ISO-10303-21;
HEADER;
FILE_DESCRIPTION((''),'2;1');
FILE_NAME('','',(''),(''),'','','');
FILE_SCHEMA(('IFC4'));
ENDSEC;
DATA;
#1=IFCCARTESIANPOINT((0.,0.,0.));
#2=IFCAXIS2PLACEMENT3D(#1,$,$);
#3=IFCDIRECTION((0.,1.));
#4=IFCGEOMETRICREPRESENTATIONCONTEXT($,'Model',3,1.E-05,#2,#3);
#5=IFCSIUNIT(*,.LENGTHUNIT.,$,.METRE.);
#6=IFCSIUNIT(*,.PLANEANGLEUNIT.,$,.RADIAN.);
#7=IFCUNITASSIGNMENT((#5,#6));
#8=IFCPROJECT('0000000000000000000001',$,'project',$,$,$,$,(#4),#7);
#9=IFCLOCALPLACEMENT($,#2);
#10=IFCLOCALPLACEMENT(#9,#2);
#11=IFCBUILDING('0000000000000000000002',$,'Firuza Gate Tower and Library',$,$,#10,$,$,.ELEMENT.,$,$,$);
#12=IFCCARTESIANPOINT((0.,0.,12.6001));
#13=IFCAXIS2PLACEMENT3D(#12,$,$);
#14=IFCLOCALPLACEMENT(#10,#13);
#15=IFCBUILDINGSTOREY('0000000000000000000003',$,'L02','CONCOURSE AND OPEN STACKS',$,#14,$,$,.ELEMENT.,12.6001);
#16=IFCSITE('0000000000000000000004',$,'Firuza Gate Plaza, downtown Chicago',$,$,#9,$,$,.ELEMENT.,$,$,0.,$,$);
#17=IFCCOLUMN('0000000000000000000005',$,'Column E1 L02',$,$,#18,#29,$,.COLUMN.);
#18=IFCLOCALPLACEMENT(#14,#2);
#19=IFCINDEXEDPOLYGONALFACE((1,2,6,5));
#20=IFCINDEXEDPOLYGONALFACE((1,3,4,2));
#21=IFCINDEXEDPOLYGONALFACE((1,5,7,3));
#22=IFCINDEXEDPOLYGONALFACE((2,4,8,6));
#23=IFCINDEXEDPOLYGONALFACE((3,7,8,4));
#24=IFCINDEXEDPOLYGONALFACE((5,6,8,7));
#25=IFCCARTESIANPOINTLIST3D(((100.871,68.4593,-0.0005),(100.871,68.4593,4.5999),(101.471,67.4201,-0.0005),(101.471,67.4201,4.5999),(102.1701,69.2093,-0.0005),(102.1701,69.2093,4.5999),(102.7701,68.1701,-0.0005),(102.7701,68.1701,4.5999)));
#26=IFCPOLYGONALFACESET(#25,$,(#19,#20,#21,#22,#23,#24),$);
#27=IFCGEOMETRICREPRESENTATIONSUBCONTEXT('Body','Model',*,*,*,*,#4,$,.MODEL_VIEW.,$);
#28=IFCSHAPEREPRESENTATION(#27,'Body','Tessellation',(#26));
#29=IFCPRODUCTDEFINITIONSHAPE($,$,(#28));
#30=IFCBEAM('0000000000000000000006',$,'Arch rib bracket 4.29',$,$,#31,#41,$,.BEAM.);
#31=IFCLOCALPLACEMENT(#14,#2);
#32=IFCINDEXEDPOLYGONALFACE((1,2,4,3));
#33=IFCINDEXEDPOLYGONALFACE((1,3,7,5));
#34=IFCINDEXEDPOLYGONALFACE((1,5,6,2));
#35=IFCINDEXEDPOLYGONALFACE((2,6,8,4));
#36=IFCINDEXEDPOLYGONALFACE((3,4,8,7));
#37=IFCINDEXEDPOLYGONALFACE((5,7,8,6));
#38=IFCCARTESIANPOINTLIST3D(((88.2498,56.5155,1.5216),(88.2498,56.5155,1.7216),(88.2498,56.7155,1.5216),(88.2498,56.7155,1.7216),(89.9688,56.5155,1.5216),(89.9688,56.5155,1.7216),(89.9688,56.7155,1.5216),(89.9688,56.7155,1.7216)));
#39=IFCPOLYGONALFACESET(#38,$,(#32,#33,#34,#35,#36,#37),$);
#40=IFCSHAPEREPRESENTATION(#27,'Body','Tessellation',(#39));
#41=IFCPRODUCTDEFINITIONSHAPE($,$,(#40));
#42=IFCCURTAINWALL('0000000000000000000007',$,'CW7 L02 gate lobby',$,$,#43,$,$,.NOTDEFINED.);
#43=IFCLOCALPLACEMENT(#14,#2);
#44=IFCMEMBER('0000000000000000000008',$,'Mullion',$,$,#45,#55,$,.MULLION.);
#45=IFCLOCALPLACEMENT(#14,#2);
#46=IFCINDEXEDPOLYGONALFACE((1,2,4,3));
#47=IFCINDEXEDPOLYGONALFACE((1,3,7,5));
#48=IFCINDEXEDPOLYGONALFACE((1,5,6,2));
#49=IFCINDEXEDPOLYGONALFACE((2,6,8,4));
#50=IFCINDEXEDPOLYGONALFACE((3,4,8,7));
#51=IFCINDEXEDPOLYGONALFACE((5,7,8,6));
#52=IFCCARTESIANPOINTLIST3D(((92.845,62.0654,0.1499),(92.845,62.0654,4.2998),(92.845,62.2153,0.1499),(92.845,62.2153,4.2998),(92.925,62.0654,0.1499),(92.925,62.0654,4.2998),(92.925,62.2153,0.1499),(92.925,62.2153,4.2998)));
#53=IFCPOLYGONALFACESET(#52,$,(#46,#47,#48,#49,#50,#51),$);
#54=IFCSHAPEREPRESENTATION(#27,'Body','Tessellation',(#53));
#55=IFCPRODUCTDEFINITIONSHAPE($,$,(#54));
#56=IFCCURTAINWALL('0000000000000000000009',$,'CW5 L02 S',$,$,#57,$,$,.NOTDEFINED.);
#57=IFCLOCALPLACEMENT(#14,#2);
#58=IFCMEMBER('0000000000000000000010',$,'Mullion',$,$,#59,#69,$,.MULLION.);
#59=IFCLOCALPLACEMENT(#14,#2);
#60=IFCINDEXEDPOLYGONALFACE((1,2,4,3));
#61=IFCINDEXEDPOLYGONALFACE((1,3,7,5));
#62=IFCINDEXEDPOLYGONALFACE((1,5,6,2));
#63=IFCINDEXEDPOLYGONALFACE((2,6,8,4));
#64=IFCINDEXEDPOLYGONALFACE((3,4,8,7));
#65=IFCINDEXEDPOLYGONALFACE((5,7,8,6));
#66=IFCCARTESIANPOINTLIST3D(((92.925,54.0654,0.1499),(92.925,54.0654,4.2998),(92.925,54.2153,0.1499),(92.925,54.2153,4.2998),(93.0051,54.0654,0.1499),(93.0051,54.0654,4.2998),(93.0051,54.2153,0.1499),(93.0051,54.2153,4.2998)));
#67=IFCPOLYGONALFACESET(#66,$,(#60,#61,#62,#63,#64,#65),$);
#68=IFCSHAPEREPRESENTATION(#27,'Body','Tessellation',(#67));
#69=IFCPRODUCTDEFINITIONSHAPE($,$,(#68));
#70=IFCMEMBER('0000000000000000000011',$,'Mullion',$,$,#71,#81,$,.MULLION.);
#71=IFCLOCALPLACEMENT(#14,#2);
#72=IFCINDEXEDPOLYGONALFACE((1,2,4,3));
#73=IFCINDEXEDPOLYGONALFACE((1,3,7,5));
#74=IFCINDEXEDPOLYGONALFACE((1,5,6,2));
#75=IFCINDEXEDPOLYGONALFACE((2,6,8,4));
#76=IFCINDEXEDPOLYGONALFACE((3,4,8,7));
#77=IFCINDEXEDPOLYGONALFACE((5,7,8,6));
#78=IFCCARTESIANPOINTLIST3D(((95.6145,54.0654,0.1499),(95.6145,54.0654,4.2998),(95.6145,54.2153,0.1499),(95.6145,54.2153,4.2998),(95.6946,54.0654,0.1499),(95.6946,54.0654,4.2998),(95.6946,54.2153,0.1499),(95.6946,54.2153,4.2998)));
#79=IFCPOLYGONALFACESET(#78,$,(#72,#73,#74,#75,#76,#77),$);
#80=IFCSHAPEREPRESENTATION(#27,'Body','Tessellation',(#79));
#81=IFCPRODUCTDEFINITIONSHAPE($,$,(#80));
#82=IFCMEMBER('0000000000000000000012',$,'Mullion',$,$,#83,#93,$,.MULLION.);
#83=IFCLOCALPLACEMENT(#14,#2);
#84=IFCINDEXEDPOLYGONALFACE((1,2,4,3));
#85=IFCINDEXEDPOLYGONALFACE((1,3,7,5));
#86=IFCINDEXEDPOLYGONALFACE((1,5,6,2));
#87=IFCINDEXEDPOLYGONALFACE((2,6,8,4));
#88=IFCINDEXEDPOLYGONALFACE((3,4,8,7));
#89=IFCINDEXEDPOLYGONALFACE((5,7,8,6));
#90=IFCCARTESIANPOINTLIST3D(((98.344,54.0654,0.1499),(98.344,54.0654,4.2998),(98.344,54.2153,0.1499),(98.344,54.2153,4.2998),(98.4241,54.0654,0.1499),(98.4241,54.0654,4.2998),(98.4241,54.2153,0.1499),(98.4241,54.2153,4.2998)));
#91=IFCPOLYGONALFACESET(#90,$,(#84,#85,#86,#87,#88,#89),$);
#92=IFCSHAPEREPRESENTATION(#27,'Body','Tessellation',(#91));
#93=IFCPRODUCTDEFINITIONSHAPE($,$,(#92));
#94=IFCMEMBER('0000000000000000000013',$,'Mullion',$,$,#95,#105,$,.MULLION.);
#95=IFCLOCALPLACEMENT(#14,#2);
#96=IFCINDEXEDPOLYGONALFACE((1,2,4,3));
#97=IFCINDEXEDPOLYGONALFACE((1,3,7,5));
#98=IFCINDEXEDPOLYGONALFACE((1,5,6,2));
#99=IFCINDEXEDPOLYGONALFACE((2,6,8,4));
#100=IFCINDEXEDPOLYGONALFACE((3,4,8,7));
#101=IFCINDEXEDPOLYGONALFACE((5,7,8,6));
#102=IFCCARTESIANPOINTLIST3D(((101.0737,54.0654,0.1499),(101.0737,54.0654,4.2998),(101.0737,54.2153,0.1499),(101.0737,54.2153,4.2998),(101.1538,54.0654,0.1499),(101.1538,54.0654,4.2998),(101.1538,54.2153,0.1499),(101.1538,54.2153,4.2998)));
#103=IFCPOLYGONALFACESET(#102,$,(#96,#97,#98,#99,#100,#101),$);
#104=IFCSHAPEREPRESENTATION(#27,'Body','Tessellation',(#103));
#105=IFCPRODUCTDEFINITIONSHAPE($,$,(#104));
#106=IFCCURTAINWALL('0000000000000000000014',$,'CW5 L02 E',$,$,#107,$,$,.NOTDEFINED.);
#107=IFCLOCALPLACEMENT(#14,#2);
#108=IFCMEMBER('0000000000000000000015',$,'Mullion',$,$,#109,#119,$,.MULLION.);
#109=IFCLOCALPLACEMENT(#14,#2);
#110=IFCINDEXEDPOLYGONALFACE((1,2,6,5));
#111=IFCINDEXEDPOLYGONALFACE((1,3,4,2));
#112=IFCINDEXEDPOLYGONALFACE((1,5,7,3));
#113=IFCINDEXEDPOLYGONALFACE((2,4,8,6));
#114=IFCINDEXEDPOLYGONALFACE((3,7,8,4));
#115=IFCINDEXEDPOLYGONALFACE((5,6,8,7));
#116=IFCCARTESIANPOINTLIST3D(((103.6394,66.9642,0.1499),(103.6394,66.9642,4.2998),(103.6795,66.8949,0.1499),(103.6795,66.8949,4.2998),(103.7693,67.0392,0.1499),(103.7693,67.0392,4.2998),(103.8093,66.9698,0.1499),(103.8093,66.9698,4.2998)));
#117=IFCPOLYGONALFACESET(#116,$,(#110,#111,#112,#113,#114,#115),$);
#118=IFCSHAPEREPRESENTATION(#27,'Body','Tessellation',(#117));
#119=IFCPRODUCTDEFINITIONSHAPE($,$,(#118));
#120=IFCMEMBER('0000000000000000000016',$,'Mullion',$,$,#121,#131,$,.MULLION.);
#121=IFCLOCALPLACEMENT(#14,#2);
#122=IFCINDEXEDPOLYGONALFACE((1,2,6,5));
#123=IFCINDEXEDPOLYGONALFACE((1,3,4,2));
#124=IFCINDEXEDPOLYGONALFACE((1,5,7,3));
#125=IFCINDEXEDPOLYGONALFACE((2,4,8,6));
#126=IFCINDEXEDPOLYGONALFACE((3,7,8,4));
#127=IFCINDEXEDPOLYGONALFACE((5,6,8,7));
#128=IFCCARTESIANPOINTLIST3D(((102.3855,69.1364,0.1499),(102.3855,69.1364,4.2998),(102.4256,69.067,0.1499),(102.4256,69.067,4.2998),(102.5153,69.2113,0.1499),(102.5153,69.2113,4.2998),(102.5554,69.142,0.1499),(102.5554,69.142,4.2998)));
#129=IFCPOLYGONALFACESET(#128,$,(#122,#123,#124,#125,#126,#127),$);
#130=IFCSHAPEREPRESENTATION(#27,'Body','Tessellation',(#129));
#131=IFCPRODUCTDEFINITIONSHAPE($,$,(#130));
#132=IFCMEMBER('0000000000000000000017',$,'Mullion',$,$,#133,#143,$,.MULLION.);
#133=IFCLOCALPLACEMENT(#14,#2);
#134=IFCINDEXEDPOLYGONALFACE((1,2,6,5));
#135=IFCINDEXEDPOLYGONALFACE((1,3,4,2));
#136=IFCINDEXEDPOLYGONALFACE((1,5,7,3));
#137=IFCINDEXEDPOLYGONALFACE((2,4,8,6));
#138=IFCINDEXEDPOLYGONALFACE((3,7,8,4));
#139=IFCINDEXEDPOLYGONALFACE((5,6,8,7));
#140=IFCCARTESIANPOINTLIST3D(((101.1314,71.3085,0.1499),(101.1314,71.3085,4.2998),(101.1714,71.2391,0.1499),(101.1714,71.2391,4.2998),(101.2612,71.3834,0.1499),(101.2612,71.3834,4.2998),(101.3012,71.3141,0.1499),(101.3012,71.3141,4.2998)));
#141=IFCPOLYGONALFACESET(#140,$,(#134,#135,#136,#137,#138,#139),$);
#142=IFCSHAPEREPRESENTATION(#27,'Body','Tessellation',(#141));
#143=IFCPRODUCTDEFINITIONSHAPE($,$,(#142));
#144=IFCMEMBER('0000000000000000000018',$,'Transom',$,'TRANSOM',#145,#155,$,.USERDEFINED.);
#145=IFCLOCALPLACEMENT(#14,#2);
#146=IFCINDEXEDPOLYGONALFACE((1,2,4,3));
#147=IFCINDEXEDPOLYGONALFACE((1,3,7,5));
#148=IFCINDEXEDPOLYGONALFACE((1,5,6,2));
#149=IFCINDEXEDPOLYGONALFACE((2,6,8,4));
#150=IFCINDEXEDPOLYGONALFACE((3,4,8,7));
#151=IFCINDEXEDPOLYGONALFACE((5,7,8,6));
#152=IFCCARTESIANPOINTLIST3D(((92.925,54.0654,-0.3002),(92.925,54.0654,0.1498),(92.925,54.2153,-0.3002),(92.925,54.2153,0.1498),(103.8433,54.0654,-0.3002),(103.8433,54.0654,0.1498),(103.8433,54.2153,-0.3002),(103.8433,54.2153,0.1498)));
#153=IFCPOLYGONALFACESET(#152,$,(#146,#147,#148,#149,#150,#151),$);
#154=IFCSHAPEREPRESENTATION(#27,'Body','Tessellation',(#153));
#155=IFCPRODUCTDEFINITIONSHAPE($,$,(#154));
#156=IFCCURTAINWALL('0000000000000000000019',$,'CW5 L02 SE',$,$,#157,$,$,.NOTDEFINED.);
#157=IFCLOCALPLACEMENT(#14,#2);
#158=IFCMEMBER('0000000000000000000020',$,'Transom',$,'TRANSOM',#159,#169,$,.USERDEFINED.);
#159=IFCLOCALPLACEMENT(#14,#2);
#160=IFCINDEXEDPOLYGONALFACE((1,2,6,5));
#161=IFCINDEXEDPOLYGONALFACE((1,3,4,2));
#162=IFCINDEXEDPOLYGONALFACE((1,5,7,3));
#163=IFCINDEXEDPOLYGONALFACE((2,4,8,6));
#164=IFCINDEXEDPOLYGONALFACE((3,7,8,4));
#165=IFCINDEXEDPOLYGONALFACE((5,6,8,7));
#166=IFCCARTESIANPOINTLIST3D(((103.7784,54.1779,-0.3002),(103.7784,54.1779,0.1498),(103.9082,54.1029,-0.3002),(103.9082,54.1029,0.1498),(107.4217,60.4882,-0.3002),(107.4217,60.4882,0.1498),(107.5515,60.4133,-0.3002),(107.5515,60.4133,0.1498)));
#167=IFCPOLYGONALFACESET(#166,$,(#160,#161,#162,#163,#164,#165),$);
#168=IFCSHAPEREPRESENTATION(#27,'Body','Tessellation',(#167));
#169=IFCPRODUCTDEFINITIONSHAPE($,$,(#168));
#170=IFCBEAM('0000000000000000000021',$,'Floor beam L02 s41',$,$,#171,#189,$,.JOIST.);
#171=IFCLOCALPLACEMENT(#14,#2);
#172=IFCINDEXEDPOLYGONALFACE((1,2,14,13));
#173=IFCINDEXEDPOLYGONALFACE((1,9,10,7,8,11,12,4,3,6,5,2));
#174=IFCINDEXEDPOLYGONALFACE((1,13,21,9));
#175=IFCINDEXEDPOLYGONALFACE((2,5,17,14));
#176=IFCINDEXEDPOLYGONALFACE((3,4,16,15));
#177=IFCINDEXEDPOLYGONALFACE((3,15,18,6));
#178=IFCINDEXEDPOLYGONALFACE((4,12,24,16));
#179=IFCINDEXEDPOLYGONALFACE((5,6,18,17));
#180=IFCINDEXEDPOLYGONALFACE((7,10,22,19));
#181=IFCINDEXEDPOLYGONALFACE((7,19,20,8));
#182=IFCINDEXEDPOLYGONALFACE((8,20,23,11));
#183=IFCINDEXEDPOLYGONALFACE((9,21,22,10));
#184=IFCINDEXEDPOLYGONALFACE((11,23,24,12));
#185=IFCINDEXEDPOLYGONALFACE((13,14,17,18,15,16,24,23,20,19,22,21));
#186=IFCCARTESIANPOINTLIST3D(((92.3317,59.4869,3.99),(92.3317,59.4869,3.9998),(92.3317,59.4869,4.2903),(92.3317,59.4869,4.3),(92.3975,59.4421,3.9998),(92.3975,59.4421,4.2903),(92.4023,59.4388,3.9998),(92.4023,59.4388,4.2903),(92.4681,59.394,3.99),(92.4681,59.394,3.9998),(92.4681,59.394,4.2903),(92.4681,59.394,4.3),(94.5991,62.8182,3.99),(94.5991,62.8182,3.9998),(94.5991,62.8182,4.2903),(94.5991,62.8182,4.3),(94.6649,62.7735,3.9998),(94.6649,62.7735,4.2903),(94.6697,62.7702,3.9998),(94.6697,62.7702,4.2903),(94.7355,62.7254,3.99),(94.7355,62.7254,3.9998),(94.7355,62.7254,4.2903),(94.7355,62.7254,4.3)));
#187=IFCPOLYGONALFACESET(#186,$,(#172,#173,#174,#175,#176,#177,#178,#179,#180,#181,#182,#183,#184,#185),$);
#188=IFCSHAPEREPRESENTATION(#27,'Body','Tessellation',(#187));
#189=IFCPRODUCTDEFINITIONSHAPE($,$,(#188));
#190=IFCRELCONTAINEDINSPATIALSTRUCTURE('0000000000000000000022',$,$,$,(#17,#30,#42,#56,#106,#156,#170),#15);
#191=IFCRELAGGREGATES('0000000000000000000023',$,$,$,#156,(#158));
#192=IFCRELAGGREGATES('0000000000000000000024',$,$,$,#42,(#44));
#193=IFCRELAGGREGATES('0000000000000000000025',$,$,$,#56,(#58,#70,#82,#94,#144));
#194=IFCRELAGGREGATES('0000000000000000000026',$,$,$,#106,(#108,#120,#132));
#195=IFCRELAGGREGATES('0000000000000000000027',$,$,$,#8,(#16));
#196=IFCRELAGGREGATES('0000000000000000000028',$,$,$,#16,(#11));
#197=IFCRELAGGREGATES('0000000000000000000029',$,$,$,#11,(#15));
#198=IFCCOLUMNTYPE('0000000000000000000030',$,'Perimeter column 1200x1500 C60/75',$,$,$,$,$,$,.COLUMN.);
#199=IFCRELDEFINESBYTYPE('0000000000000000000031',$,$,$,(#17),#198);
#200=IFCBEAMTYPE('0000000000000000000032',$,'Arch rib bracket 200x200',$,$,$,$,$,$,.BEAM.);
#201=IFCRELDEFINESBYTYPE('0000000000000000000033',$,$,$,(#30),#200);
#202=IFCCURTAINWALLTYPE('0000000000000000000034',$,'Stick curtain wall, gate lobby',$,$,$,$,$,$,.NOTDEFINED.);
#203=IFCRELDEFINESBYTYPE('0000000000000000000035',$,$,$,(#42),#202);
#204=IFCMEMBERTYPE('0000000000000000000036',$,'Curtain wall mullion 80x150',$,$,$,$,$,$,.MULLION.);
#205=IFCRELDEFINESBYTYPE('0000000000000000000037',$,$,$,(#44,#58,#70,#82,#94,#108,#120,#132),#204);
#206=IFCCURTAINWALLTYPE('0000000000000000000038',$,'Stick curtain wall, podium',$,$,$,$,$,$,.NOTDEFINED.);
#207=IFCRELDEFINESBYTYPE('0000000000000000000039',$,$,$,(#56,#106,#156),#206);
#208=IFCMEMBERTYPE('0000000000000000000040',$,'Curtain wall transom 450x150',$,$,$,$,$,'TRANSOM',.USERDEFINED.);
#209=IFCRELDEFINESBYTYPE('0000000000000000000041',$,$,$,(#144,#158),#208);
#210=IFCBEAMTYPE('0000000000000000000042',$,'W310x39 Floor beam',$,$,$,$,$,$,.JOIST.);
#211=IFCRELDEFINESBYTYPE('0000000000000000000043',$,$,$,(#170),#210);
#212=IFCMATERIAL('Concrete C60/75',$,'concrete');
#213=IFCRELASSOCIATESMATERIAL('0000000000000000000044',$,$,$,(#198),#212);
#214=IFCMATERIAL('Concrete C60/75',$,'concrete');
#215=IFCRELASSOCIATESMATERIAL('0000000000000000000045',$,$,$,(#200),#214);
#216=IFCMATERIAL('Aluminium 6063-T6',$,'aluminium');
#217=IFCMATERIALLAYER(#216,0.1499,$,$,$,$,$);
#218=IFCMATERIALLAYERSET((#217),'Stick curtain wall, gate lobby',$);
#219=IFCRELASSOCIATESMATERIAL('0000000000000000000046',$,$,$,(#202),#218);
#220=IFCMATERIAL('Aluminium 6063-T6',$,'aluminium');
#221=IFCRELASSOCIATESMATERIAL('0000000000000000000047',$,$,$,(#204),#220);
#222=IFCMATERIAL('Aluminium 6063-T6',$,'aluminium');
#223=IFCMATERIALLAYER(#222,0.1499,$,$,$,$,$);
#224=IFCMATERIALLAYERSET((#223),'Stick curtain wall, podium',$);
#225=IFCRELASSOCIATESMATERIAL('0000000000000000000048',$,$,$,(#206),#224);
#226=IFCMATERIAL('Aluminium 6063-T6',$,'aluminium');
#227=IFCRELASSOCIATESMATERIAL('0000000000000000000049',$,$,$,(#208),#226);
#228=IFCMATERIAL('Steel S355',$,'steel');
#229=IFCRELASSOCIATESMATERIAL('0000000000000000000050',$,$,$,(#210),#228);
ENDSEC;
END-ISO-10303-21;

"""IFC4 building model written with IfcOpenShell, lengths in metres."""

from ifc_helpers import new_model, si_unit, direction, frame, origin, origin_2d, place, context, subcontext, project, spatial, rectangle, i_section, extrude, material, layer, layer_set, material_profile, profile_set, type_object, element, aggregate, save


model = new_model("IFC4")

# Units and contexts
model_context = context("Model", 3, precision=1e-05, world=origin(), true_north=direction((0.0, 1.0)))
body_context = subcontext(model_context, "Body", "Model", "MODEL_VIEW")
ifc_project = project(units=[si_unit("LENGTHUNIT", "METRE"), si_unit("PLANEANGLEUNIT", "RADIAN")], contexts=[model_context])

# Site, building, storey
site_placement = place(None, origin())
site = spatial("IfcSite", under=ifc_project, at=site_placement, Name="Firuza Gate Plaza, downtown Chicago", CompositionType="ELEMENT", RefElevation=0.0)
building_placement = place(site_placement, origin())
building = spatial("IfcBuilding", under=site, at=building_placement, Name="Firuza Gate Tower and Library", CompositionType="ELEMENT")
storey_placement = place(building_placement, frame((0.0, 0.0, 12.6001)))
storey = spatial("IfcBuildingStorey", under=building, at=storey_placement, Name="L02", Description="CONCOURSE AND OPEN STACKS", CompositionType="ELEMENT", Elevation=12.6001)

# Column
ifc_material_1 = material(Name="Concrete C60/75", Category="concrete")
ifc_material_profile_1 = material_profile(ifc_material_1, rectangle(XDim=1.2, YDim=1.5, at=origin_2d()))
ifc_profile_set_1 = profile_set([ifc_material_profile_1], Name="Concrete C60/75")
column_type = type_object("IfcColumnType", Name="Perimeter column 1200x1500 C60/75", PredefinedType="COLUMN", material=ifc_profile_set_1)
column_placement = place(storey_placement, frame((101.8206, 68.3147, -0.0005), z_axis=(0.0, 0.0, 1.0), x_axis=(-0.5, 0.866025, 0.0)))
element("IfcColumn", 1, at=column_placement, inside=storey, type_object=column_type, Name="Column E1 L02", PredefinedType="COLUMN", context=body_context, shape_type="SweptSolid", body=[
    extrude(rectangle(XDim=1.2, YDim=1.5, at=origin_2d()), origin(), (0.0, 0.0, 1.0), 4.6003),
])

# Beam
ifc_material_2 = material(Name="Concrete C60/75", Category="concrete")
ifc_material_profile_2 = material_profile(ifc_material_2, rectangle(XDim=0.2, YDim=0.2, at=origin_2d()))
ifc_profile_set_2 = profile_set([ifc_material_profile_2], Name="Concrete C60/75")
beam_type_1 = type_object("IfcBeamType", Name="Arch rib bracket 200x200", PredefinedType="BEAM", material=ifc_profile_set_2)
beam_1_placement = place(storey_placement, frame((89.9688, 56.6155, 1.6216), z_axis=(-1.0, 0.0, 0.0), x_axis=(0.0, -1.0, 0.0)))
element("IfcBeam", 2, at=beam_1_placement, inside=storey, type_object=beam_type_1, Name="Arch rib bracket 4.29", PredefinedType="BEAM", context=body_context, shape_type="SweptSolid", body=[
    extrude(rectangle(XDim=0.2, YDim=0.2, at=origin_2d()), origin(), (0.0, 0.0, 1.0), 1.719),
])

# Curtain wall, member
ifc_material_3 = material(Name="Aluminium 6063-T6", Category="aluminium")
ifc_layer_1 = layer(ifc_material_3, 0.1499)
ifc_layer_set_1 = layer_set([ifc_layer_1], Name="Stick curtain wall, gate lobby")
curtain_wall_type_1 = type_object("IfcCurtainWallType", Name="Stick curtain wall, gate lobby", PredefinedType="NOTDEFINED", material=ifc_layer_set_1)
placement = place(storey_placement, origin())
curtain_wall_1 = element("IfcCurtainWall", 3, at=placement, inside=storey, type_object=curtain_wall_type_1, Name="CW7 L02 gate lobby", PredefinedType="NOTDEFINED")
ifc_material_4 = material(Name="Aluminium 6063-T6", Category="aluminium")
ifc_material_profile_3 = material_profile(ifc_material_4, rectangle(XDim=0.1499, YDim=0.0801, at=origin_2d()))
ifc_profile_set_3 = profile_set([ifc_material_profile_3], Name="Aluminium 6063-T6")
member_type_1 = type_object("IfcMemberType", Name="Curtain wall mullion 80x150", PredefinedType="MULLION", material=ifc_profile_set_3)
member_1_placement = place(storey_placement, frame((92.885, 62.1404, 0.1499), z_axis=(0.0, 0.0, 1.0), x_axis=(0.0, 1.0, 0.0)))
member_1 = element("IfcMember", 4, at=member_1_placement, type_object=member_type_1, Name="Mullion", PredefinedType="MULLION", context=body_context, shape_type="SweptSolid", body=[
    extrude(rectangle(XDim=0.1499, YDim=0.0801, at=origin_2d()), origin(), (0.0, 0.0, 1.0), 4.1499),
])

# Curtain walls, members
ifc_material_5 = material(Name="Aluminium 6063-T6", Category="aluminium")
ifc_layer_2 = layer(ifc_material_5, 0.1499)
ifc_layer_set_2 = layer_set([ifc_layer_2], Name="Stick curtain wall, podium")
curtain_wall_type_2 = type_object("IfcCurtainWallType", Name="Stick curtain wall, podium", PredefinedType="NOTDEFINED", material=ifc_layer_set_2)
curtain_wall_2 = element("IfcCurtainWall", 5, at=placement, inside=storey, type_object=curtain_wall_type_2, Name="CW5 L02 S", PredefinedType="NOTDEFINED")
member_2_placement = place(storey_placement, frame((92.9651, 54.1404, 0.1499), z_axis=(0.0, 0.0, 1.0), x_axis=(0.0, 1.0, 0.0)))
member_2 = element("IfcMember", 6, at=member_2_placement, type_object=member_type_1, Name="Mullion", PredefinedType="MULLION", context=body_context, shape_type="SweptSolid", body=[
    extrude(rectangle(XDim=0.1499, YDim=0.0801, at=origin_2d()), origin(), (0.0, 0.0, 1.0), 4.1499),
])
member_3_placement = place(storey_placement, frame((95.6545, 54.1404, 0.1499), z_axis=(0.0, 0.0, 1.0), x_axis=(0.0, 1.0, 0.0)))
member_3 = element("IfcMember", 7, at=member_3_placement, type_object=member_type_1, Name="Mullion", PredefinedType="MULLION", context=body_context, shape_type="SweptSolid", body=[
    extrude(rectangle(XDim=0.1499, YDim=0.0801, at=origin_2d()), origin(), (0.0, 0.0, 1.0), 4.1499),
])
member_4_placement = place(storey_placement, frame((98.384, 54.1404, 0.1499), z_axis=(0.0, 0.0, 1.0), x_axis=(0.0, 1.0, 0.0)))
member_4 = element("IfcMember", 8, at=member_4_placement, type_object=member_type_1, Name="Mullion", PredefinedType="MULLION", context=body_context, shape_type="SweptSolid", body=[
    extrude(rectangle(XDim=0.1499, YDim=0.0801, at=origin_2d()), origin(), (0.0, 0.0, 1.0), 4.1499),
])
member_5_placement = place(storey_placement, frame((101.1138, 54.1404, 0.1499), z_axis=(0.0, 0.0, 1.0), x_axis=(0.0, 1.0, 0.0)))
member_5 = element("IfcMember", 9, at=member_5_placement, type_object=member_type_1, Name="Mullion", PredefinedType="MULLION", context=body_context, shape_type="SweptSolid", body=[
    extrude(rectangle(XDim=0.1499, YDim=0.0801, at=origin_2d()), origin(), (0.0, 0.0, 1.0), 4.1499),
])
curtain_wall_3 = element("IfcCurtainWall", 10, at=placement, inside=storey, type_object=curtain_wall_type_2, Name="CW5 L02 E", PredefinedType="NOTDEFINED")
member_6_placement = place(storey_placement, frame((103.7244, 66.967, 0.1499), z_axis=(0.0, 0.0, 1.0), x_axis=(-0.866025, -0.5, 0.0)))
member_6 = element("IfcMember", 11, at=member_6_placement, type_object=member_type_1, Name="Mullion", PredefinedType="MULLION", context=body_context, shape_type="SweptSolid", body=[
    extrude(rectangle(XDim=0.1499, YDim=0.0801, at=origin_2d()), origin(), (0.0, 0.0, 1.0), 4.1499),
])
member_7_placement = place(storey_placement, frame((102.4705, 69.1392, 0.1499), z_axis=(0.0, 0.0, 1.0), x_axis=(-0.866025, -0.5, 0.0)))
member_7 = element("IfcMember", 12, at=member_7_placement, type_object=member_type_1, Name="Mullion", PredefinedType="MULLION", context=body_context, shape_type="SweptSolid", body=[
    extrude(rectangle(XDim=0.1499, YDim=0.0801, at=origin_2d()), origin(), (0.0, 0.0, 1.0), 4.1499),
])
member_8_placement = place(storey_placement, frame((101.2163, 71.3113, 0.1499), z_axis=(0.0, 0.0, 1.0), x_axis=(-0.866025, -0.5, 0.0)))
member_8 = element("IfcMember", 13, at=member_8_placement, type_object=member_type_1, Name="Mullion", PredefinedType="MULLION", context=body_context, shape_type="SweptSolid", body=[
    extrude(rectangle(XDim=0.1499, YDim=0.0801, at=origin_2d()), origin(), (0.0, 0.0, 1.0), 4.1499),
])

# Member
ifc_material_6 = material(Name="Aluminium 6063-T6", Category="aluminium")
ifc_material_profile_4 = material_profile(ifc_material_6, rectangle(XDim=0.1499, YDim=0.45, at=origin_2d()))
ifc_profile_set_4 = profile_set([ifc_material_profile_4], Name="Aluminium 6063-T6")
member_type_2 = type_object("IfcMemberType", Name="Curtain wall transom 450x150", ElementType="TRANSOM", PredefinedType="USERDEFINED", material=ifc_profile_set_4)
member_9_placement = place(storey_placement, frame((92.925, 54.1404, -0.0752), z_axis=(1.0, 0.0, 0.0), x_axis=(0.0, 1.0, 0.0)))
member_9 = element("IfcMember", 14, at=member_9_placement, type_object=member_type_2, Name="Transom", ObjectType="TRANSOM", PredefinedType="USERDEFINED", context=body_context, shape_type="SweptSolid", body=[
    extrude(rectangle(XDim=0.1499, YDim=0.45, at=origin_2d()), origin(), (0.0, 0.0, 1.0), 10.9182),
])

# Curtain wall, member
curtain_wall_4 = element("IfcCurtainWall", 15, at=placement, inside=storey, type_object=curtain_wall_type_2, Name="CW5 L02 SE", PredefinedType="NOTDEFINED")
member_10_placement = place(storey_placement, frame((103.8433, 54.1404, -0.0752), z_axis=(0.500006, 0.866022, 0.0), x_axis=(-0.866022, 0.500006, 0.0)))
member_10 = element("IfcMember", 16, at=member_10_placement, type_object=member_type_2, Name="Transom", ObjectType="TRANSOM", PredefinedType="USERDEFINED", context=body_context, shape_type="SweptSolid", body=[
    extrude(rectangle(XDim=0.1499, YDim=0.45, at=origin_2d()), origin(), (0.0, 0.0, 1.0), 7.2866),
])
aggregate(curtain_wall_4, [member_10])

# Beam
ifc_material_7 = material(Name="Steel S355", Category="steel")
ifc_material_profile_5 = material_profile(ifc_material_7, i_section(OverallWidth=0.165, OverallDepth=0.3101, WebThickness=0.0059, FlangeThickness=0.0098, at=origin_2d()))
ifc_profile_set_5 = profile_set([ifc_material_profile_5], Name="Steel S355")
beam_type_2 = type_object("IfcBeamType", Name="W310x39 Floor beam", PredefinedType="JOIST", material=ifc_profile_set_5)
beam_2_placement = place(storey_placement, frame((92.3999, 59.4404, 4.145), z_axis=(0.562658, 0.82669, 0.0), x_axis=(-0.82669, 0.562658, 0.0)))
element("IfcBeam", 17, at=beam_2_placement, inside=storey, type_object=beam_type_2, Name="Floor beam L02 s41", PredefinedType="JOIST", context=body_context, shape_type="SweptSolid", body=[
    extrude(i_section(OverallWidth=0.165, OverallDepth=0.3101, WebThickness=0.0059, FlangeThickness=0.0098, at=origin_2d()), origin(), (0.0, 0.0, 1.0), 4.0298),
])

aggregate(curtain_wall_1, [member_1])
aggregate(curtain_wall_2, [member_2, member_3, member_4, member_5, member_9])
aggregate(curtain_wall_3, [member_6, member_7, member_8])

save(model, "model.ifc")
